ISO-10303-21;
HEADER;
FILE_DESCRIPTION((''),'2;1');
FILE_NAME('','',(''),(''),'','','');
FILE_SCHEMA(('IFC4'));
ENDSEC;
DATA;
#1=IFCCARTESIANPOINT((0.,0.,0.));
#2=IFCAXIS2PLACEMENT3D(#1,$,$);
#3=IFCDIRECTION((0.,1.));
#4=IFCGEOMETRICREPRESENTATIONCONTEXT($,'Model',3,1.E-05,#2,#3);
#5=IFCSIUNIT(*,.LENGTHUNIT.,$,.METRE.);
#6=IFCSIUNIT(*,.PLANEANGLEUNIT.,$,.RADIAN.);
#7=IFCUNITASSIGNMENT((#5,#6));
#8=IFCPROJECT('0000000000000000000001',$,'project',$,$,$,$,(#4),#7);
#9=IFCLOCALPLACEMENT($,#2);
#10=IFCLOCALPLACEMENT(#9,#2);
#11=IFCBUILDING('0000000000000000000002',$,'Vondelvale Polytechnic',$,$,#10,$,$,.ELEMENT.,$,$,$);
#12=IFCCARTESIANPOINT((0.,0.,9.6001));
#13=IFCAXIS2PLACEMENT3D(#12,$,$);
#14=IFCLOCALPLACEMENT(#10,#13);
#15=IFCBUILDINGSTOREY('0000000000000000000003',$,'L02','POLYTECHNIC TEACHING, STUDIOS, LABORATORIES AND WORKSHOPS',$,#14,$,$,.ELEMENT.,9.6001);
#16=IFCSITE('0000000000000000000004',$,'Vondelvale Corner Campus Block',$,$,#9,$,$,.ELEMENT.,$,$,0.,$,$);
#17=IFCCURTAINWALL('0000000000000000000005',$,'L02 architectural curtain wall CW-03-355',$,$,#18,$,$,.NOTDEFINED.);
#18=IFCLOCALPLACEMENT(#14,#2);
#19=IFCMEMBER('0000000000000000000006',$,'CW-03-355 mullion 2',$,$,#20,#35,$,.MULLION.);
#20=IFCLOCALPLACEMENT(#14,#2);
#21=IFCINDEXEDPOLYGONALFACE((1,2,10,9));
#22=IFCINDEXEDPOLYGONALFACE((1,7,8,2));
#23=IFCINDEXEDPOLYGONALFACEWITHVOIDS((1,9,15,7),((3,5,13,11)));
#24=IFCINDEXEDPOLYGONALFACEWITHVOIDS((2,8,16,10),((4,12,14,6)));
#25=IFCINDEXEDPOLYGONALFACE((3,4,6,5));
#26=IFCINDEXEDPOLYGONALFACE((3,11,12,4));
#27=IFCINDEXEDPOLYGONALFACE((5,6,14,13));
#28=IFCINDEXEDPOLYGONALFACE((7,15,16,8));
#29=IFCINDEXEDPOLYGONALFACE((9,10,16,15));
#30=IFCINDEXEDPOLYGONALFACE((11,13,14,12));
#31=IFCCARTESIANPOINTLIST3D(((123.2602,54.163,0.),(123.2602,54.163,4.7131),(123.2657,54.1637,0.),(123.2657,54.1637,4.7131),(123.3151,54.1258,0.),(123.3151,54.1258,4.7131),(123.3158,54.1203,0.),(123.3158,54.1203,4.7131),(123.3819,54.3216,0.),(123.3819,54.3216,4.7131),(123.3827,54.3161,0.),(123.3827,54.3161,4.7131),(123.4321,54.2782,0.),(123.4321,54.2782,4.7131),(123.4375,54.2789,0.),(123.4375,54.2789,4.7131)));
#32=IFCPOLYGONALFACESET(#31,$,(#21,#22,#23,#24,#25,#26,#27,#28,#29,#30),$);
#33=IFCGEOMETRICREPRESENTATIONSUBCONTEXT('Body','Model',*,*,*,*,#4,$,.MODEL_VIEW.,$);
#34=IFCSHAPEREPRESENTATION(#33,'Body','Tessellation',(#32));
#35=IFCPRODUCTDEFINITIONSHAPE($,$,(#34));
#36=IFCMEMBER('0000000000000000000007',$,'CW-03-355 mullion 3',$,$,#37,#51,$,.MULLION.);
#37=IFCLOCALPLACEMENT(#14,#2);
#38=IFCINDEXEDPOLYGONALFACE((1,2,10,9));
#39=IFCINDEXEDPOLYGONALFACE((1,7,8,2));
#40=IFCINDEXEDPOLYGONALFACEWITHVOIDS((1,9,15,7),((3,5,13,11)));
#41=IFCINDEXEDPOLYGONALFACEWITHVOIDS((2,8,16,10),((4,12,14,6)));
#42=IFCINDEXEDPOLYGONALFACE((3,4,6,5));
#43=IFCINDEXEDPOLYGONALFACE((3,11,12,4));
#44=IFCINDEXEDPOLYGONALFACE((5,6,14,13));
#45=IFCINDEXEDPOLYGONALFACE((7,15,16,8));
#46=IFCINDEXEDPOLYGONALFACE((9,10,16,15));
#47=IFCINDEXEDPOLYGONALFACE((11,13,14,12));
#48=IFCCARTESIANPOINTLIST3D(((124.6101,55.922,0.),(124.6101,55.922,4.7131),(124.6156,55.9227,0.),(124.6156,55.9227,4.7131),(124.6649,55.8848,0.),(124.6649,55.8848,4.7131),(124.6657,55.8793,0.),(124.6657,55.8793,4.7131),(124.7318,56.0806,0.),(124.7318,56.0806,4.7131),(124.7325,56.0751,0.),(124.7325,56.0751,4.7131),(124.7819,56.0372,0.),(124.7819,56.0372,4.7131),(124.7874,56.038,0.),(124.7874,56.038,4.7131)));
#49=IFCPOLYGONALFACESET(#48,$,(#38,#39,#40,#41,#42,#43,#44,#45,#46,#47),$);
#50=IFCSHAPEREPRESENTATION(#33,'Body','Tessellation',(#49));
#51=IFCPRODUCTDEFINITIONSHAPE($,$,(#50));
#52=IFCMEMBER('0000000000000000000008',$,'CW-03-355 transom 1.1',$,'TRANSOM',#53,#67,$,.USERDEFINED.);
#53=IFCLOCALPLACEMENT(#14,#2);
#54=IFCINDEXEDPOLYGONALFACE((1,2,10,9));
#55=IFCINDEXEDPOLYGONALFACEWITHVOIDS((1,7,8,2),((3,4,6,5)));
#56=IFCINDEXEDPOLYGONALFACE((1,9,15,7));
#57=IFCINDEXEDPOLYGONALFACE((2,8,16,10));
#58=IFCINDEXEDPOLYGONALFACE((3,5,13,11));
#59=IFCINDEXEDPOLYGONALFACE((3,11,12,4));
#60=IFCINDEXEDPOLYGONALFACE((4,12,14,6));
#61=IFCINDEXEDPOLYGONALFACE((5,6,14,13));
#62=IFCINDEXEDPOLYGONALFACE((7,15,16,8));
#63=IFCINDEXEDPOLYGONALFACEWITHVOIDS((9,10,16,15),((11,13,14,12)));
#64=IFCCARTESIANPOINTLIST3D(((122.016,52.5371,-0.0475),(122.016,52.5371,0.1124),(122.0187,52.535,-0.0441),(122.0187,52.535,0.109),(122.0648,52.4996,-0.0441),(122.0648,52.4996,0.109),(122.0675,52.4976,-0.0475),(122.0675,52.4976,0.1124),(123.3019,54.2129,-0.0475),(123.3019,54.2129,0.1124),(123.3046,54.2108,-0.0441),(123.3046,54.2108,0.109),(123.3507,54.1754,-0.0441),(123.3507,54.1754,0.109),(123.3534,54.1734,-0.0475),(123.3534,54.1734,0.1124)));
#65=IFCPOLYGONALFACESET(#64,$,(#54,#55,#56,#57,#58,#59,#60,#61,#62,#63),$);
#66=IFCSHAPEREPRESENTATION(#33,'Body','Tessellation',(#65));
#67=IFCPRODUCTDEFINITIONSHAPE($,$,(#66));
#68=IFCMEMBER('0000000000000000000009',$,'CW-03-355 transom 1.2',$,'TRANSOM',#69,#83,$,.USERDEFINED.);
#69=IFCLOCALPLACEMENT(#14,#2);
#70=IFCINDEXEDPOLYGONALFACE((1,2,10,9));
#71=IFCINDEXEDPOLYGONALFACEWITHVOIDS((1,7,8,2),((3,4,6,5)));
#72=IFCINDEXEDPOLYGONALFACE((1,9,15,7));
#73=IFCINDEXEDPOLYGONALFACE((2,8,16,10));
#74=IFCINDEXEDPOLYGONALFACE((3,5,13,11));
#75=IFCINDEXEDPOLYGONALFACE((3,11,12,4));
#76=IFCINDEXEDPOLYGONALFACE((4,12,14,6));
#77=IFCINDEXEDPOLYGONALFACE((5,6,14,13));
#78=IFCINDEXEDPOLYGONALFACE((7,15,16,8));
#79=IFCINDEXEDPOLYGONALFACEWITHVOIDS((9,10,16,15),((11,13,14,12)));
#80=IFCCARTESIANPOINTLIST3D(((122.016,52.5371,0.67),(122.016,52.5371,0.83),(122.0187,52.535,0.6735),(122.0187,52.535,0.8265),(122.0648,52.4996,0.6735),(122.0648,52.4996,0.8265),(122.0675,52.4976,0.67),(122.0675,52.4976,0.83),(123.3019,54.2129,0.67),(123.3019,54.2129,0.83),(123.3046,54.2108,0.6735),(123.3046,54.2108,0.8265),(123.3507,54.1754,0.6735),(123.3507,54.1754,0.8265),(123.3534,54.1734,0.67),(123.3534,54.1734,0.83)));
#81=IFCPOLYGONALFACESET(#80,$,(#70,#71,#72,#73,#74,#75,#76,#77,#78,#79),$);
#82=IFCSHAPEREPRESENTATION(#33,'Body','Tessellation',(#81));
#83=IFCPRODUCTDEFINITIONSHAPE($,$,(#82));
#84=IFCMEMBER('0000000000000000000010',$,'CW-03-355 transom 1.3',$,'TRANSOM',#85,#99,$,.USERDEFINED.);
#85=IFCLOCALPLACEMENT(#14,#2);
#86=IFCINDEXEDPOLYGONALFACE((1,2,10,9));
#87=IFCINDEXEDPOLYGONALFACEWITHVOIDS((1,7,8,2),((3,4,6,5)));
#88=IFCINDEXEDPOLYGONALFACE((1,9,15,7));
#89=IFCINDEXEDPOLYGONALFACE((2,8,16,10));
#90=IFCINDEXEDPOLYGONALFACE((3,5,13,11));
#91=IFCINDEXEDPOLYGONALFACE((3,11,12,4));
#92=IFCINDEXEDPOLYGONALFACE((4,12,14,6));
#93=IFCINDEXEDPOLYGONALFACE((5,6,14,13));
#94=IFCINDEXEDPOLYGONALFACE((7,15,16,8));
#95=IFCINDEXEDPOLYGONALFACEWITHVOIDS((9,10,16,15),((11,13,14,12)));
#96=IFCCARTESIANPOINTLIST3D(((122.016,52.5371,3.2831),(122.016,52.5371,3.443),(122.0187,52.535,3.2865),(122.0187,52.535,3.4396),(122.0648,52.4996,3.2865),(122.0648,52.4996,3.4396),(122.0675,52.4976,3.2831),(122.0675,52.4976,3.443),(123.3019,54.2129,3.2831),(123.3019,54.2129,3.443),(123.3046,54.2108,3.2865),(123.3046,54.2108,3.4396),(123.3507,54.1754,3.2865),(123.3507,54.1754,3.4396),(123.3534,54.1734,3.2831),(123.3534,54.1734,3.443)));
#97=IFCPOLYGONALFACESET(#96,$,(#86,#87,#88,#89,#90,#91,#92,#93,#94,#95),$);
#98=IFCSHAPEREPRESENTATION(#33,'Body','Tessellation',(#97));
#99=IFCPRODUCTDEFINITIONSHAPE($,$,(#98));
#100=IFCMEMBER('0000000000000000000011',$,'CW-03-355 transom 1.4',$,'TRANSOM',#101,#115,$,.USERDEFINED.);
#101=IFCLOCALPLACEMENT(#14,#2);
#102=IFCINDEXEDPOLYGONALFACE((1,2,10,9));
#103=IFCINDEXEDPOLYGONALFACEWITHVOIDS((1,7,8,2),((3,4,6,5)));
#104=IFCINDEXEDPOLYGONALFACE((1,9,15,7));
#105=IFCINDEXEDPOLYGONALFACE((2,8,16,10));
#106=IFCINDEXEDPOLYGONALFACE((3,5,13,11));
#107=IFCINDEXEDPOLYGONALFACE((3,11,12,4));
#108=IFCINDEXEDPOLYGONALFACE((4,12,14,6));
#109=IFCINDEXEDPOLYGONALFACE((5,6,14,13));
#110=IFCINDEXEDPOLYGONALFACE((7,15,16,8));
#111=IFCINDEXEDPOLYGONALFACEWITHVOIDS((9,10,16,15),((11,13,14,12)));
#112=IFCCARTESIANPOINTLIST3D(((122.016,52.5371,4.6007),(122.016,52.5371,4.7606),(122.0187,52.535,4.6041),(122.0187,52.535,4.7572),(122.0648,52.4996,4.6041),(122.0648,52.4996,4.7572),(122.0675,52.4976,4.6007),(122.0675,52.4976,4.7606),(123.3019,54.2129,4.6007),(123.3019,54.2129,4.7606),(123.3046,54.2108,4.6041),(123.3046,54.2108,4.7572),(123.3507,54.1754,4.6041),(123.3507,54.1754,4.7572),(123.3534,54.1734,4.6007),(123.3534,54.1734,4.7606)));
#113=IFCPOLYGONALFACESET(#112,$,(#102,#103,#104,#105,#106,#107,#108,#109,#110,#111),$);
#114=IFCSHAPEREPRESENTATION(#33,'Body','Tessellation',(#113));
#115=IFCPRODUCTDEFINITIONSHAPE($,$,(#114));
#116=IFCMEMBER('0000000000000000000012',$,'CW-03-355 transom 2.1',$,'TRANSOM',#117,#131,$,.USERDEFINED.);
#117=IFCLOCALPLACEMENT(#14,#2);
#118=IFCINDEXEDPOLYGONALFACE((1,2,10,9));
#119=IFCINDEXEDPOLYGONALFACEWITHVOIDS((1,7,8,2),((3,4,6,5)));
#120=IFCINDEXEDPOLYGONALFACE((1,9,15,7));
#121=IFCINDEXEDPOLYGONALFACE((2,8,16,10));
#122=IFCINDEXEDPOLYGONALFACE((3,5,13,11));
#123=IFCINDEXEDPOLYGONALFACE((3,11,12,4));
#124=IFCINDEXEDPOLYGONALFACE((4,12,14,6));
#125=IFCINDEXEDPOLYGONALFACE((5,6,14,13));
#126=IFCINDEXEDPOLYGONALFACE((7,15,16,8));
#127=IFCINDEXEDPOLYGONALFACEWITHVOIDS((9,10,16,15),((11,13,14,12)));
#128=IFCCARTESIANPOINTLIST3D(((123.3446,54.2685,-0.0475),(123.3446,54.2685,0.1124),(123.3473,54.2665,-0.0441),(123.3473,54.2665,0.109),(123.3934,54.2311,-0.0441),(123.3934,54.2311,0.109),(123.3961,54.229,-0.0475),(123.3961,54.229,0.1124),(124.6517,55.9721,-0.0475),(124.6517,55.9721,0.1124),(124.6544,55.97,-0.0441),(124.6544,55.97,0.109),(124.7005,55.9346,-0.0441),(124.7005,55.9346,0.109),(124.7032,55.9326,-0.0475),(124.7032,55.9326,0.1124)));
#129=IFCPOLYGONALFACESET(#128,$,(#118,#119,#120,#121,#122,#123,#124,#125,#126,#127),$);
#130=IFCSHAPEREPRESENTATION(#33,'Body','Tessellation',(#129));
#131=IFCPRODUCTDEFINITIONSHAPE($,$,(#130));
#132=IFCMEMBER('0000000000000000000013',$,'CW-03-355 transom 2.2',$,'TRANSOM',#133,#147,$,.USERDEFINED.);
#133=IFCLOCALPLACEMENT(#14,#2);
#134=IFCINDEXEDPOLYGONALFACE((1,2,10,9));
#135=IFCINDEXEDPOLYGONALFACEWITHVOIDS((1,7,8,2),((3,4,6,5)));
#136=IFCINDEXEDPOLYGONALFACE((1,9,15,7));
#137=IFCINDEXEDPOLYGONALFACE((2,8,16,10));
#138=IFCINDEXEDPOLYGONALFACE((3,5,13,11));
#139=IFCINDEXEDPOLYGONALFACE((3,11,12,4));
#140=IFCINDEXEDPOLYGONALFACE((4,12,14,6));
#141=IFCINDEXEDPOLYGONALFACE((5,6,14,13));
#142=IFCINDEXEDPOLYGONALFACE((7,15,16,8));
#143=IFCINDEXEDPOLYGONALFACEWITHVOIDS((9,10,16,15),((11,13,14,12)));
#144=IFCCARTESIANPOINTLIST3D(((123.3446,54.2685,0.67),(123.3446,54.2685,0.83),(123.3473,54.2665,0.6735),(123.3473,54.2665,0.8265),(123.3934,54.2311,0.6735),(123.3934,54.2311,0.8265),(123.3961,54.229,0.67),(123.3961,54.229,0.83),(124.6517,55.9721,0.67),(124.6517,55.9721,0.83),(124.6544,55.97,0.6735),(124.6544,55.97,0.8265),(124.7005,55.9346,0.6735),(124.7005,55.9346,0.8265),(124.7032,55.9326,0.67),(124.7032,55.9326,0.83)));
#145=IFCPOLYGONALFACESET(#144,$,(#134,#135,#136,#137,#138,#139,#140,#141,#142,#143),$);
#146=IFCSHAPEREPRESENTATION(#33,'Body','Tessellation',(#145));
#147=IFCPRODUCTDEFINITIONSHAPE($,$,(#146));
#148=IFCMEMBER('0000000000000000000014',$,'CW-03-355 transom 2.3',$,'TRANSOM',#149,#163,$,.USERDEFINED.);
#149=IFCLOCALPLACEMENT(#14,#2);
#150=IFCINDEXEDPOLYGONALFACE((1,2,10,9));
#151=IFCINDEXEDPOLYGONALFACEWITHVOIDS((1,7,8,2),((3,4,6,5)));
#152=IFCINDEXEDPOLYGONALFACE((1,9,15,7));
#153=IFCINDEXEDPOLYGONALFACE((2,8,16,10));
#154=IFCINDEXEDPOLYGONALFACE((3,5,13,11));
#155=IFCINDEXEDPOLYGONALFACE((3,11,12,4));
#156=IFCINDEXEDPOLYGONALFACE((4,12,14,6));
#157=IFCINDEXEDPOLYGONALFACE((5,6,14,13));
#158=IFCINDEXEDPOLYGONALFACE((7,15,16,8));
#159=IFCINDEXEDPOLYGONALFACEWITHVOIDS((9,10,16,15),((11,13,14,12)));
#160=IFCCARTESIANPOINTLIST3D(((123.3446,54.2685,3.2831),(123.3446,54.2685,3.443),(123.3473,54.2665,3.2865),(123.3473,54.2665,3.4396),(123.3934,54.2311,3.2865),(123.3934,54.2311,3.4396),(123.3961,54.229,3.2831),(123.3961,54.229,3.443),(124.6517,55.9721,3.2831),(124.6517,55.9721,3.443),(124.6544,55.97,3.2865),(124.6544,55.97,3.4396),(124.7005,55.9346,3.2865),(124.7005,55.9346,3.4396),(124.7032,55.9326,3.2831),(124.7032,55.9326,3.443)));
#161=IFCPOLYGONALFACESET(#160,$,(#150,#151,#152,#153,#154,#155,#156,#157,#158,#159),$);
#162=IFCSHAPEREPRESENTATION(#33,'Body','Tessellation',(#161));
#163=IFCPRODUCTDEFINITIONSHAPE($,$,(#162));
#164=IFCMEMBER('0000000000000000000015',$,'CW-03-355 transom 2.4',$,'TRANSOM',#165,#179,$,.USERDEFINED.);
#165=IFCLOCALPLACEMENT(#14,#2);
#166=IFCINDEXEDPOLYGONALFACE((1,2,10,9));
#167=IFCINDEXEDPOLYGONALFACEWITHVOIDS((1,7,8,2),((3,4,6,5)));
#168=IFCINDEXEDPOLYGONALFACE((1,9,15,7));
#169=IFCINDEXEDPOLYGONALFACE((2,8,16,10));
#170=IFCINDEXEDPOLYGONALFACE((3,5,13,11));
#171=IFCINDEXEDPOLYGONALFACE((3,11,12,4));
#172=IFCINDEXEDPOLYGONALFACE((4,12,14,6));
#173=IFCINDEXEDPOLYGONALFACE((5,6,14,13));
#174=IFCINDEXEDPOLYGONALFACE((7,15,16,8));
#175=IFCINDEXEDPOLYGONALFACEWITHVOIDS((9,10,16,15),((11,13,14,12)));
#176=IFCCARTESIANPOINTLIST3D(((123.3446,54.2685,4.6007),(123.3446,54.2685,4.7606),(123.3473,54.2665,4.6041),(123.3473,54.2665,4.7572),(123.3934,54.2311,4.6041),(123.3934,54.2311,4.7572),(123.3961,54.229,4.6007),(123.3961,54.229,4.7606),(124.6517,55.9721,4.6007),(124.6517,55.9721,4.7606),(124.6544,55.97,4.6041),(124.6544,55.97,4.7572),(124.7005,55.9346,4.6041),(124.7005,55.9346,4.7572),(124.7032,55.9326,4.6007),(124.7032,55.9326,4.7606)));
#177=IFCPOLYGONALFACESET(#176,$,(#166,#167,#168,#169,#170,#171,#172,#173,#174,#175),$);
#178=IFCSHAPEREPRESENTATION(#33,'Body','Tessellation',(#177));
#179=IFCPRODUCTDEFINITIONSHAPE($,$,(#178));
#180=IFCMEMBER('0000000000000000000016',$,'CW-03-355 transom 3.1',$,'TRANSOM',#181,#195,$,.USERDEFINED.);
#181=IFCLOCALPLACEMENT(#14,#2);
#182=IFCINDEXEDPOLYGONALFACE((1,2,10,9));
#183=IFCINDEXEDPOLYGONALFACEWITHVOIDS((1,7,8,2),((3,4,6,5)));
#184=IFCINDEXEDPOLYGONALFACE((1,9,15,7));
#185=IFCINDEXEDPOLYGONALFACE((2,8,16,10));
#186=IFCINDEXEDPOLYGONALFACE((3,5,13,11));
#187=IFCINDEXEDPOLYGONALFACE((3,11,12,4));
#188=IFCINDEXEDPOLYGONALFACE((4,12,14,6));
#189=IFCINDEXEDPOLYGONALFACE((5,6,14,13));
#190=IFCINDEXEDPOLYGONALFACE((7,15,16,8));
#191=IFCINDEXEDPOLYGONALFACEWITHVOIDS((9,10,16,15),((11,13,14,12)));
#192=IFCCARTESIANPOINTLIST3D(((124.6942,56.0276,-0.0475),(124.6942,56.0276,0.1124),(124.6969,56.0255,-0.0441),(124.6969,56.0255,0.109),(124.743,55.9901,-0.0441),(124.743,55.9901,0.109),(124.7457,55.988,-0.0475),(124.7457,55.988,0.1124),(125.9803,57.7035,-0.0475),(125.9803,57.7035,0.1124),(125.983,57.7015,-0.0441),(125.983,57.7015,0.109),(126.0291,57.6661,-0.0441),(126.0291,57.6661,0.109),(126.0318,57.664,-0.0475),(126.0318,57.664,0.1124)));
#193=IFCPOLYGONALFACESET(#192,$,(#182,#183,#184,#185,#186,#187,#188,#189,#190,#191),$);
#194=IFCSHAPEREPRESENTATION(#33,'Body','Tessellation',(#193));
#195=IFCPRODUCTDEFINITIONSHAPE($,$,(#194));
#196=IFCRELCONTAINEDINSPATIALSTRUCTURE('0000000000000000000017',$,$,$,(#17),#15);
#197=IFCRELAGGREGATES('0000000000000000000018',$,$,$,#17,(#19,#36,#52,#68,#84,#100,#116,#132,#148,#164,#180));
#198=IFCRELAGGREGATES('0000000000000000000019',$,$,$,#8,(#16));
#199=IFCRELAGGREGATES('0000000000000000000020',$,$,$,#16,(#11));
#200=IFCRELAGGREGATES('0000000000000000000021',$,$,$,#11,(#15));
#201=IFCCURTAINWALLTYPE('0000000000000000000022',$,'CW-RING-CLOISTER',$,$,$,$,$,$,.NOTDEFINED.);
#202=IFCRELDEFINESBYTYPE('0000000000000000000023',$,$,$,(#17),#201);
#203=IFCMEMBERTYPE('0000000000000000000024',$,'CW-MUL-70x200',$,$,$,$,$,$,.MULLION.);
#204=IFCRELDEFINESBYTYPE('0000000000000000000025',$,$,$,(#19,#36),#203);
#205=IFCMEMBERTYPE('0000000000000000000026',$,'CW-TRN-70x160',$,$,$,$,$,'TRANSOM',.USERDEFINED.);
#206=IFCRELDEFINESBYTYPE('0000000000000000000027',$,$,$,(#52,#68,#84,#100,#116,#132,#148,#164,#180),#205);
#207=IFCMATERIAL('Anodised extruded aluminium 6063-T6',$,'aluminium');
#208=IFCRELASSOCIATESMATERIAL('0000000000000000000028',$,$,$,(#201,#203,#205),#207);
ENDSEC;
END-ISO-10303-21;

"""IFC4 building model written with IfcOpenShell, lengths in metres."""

from ifc_helpers import new_model, si_unit, direction, frame, origin, origin_2d, place, context, subcontext, project, spatial, hollow_rectangle, extrude, material, material_profile, profile_set, type_object, element, aggregate, save


model = new_model("IFC4")

# Units and contexts
model_context = context("Model", 3, precision=1e-05, world=origin(), true_north=direction((0.0, 1.0)))
body_context = subcontext(model_context, "Body", "Model", "MODEL_VIEW")
ifc_project = project(units=[si_unit("LENGTHUNIT", "METRE"), si_unit("PLANEANGLEUNIT", "RADIAN")], contexts=[model_context])

# Site, building, storey
site_placement = place(None, origin())
site = spatial("IfcSite", under=ifc_project, at=site_placement, Name="Vondelvale Corner Campus Block", CompositionType="ELEMENT", RefElevation=0.0)
building_placement = place(site_placement, origin())
building = spatial("IfcBuilding", under=site, at=building_placement, Name="Vondelvale Polytechnic", CompositionType="ELEMENT")
storey_placement = place(building_placement, frame((0.0, 0.0, 9.6001)))
storey = spatial("IfcBuildingStorey", under=building, at=storey_placement, Name="L02", Description="POLYTECHNIC TEACHING, STUDIOS, LABORATORIES AND WORKSHOPS", CompositionType="ELEMENT", Elevation=9.6001)

# Curtain wall, members
ifc_material_1 = material(Name="Anodised extruded aluminium 6063-T6", Category="aluminium")
curtain_wall_type = type_object("IfcCurtainWallType", Name="CW-RING-CLOISTER", PredefinedType="NOTDEFINED", material=ifc_material_1)
curtain_wall_placement = place(storey_placement, origin())
curtain_wall = element("IfcCurtainWall", 1, at=curtain_wall_placement, inside=storey, type_object=curtain_wall_type, Name="L02 architectural curtain wall CW-03-355", PredefinedType="NOTDEFINED")
ifc_material_profile_1 = material_profile(ifc_material_1, hollow_rectangle(XDim=0.0701, YDim=0.2, WallThickness=0.0039, at=origin_2d()), Name="CW-MUL-200x70")
ifc_profile_set_1 = profile_set([ifc_material_profile_1], Name="Anodised extruded aluminium 6063-T6")
member_type_1 = type_object("IfcMemberType", Name="CW-MUL-70x200", PredefinedType="MULLION", material=ifc_profile_set_1)
member_1_placement = place(storey_placement, frame((123.3489, 54.2209, 0.0), z_axis=(0.0, 0.0, 1.0), x_axis=(-0.793364, 0.608748, 0.0)))
member_1 = element("IfcMember", 2, at=member_1_placement, type_object=member_type_1, Name="CW-03-355 mullion 2", PredefinedType="MULLION", context=body_context, shape_type="SweptSolid", body=[
    extrude(hollow_rectangle(XDim=0.0701, YDim=0.2, WallThickness=0.0039, at=origin_2d()), origin(), (0.0, 0.0, 1.0), 4.7131),
])
member_2_placement = place(storey_placement, frame((124.6987, 55.98, 0.0), z_axis=(0.0, 0.0, 1.0), x_axis=(-0.793364, 0.608748, 0.0)))
member_2 = element("IfcMember", 3, at=member_2_placement, type_object=member_type_1, Name="CW-03-355 mullion 3", PredefinedType="MULLION", context=body_context, shape_type="SweptSolid", body=[
    extrude(hollow_rectangle(XDim=0.0701, YDim=0.2, WallThickness=0.0039, at=origin_2d()), origin(), (0.0, 0.0, 1.0), 4.7131),
])
ifc_material_profile_2 = material_profile(ifc_material_1, hollow_rectangle(XDim=0.0649, YDim=0.1599, WallThickness=0.0034, at=origin_2d()), Name="CW-TRN-160x65")
ifc_profile_set_2 = profile_set([ifc_material_profile_2], Name="Anodised extruded aluminium 6063-T6")
member_type_2 = type_object("IfcMemberType", Name="CW-TRN-70x160", ElementType="TRANSOM", PredefinedType="USERDEFINED", material=ifc_profile_set_2)
member_3_placement = place(storey_placement, frame((122.0417, 52.5173, 0.0325), z_axis=(0.608766, 0.79335, 0.0), x_axis=(-0.79335, 0.608766, 0.0)))
member_3 = element("IfcMember", 4, at=member_3_placement, type_object=member_type_2, Name="CW-03-355 transom 1.1", ObjectType="TRANSOM", PredefinedType="USERDEFINED", context=body_context, shape_type="SweptSolid", body=[
    extrude(hollow_rectangle(XDim=0.0649, YDim=0.1599, WallThickness=0.0034, at=origin_2d()), origin(), (0.0, 0.0, 1.0), 2.1123),
])
member_4_placement = place(storey_placement, frame((122.0417, 52.5173, 0.75), z_axis=(0.608766, 0.79335, 0.0), x_axis=(-0.79335, 0.608766, 0.0)))
member_4 = element("IfcMember", 5, at=member_4_placement, type_object=member_type_2, Name="CW-03-355 transom 1.2", ObjectType="TRANSOM", PredefinedType="USERDEFINED", context=body_context, shape_type="SweptSolid", body=[
    extrude(hollow_rectangle(XDim=0.0649, YDim=0.1599, WallThickness=0.0034, at=origin_2d()), origin(), (0.0, 0.0, 1.0), 2.1123),
])
member_5_placement = place(storey_placement, frame((122.0417, 52.5173, 3.363), z_axis=(0.608766, 0.79335, 0.0), x_axis=(-0.79335, 0.608766, 0.0)))
member_5 = element("IfcMember", 6, at=member_5_placement, type_object=member_type_2, Name="CW-03-355 transom 1.3", ObjectType="TRANSOM", PredefinedType="USERDEFINED", context=body_context, shape_type="SweptSolid", body=[
    extrude(hollow_rectangle(XDim=0.0649, YDim=0.1599, WallThickness=0.0034, at=origin_2d()), origin(), (0.0, 0.0, 1.0), 2.1123),
])
member_6_placement = place(storey_placement, frame((122.0417, 52.5173, 4.6807), z_axis=(0.608766, 0.79335, 0.0), x_axis=(-0.79335, 0.608766, 0.0)))
member_6 = element("IfcMember", 7, at=member_6_placement, type_object=member_type_2, Name="CW-03-355 transom 1.4", ObjectType="TRANSOM", PredefinedType="USERDEFINED", context=body_context, shape_type="SweptSolid", body=[
    extrude(hollow_rectangle(XDim=0.0649, YDim=0.1599, WallThickness=0.0034, at=origin_2d()), origin(), (0.0, 0.0, 1.0), 2.1123),
])
member_7_placement = place(storey_placement, frame((123.3704, 54.2488, 0.0325), z_axis=(0.608732, 0.793376, 0.0), x_axis=(-0.793376, 0.608732, 0.0)))
member_7 = element("IfcMember", 8, at=member_7_placement, type_object=member_type_2, Name="CW-03-355 transom 2.1", ObjectType="TRANSOM", PredefinedType="USERDEFINED", context=body_context, shape_type="SweptSolid", body=[
    extrude(hollow_rectangle(XDim=0.0649, YDim=0.1599, WallThickness=0.0034, at=origin_2d()), origin(), (0.0, 0.0, 1.0), 2.1472),
])
member_8_placement = place(storey_placement, frame((123.3704, 54.2488, 0.75), z_axis=(0.608732, 0.793376, 0.0), x_axis=(-0.793376, 0.608732, 0.0)))
member_8 = element("IfcMember", 9, at=member_8_placement, type_object=member_type_2, Name="CW-03-355 transom 2.2", ObjectType="TRANSOM", PredefinedType="USERDEFINED", context=body_context, shape_type="SweptSolid", body=[
    extrude(hollow_rectangle(XDim=0.0649, YDim=0.1599, WallThickness=0.0034, at=origin_2d()), origin(), (0.0, 0.0, 1.0), 2.1472),
])
member_9_placement = place(storey_placement, frame((123.3704, 54.2488, 3.363), z_axis=(0.608732, 0.793376, 0.0), x_axis=(-0.793376, 0.608732, 0.0)))
member_9 = element("IfcMember", 10, at=member_9_placement, type_object=member_type_2, Name="CW-03-355 transom 2.3", ObjectType="TRANSOM", PredefinedType="USERDEFINED", context=body_context, shape_type="SweptSolid", body=[
    extrude(hollow_rectangle(XDim=0.0649, YDim=0.1599, WallThickness=0.0034, at=origin_2d()), origin(), (0.0, 0.0, 1.0), 2.1472),
])
member_10_placement = place(storey_placement, frame((123.3704, 54.2488, 4.6807), z_axis=(0.608732, 0.793376, 0.0), x_axis=(-0.793376, 0.608732, 0.0)))
member_10 = element("IfcMember", 11, at=member_10_placement, type_object=member_type_2, Name="CW-03-355 transom 2.4", ObjectType="TRANSOM", PredefinedType="USERDEFINED", context=body_context, shape_type="SweptSolid", body=[
    extrude(hollow_rectangle(XDim=0.0649, YDim=0.1599, WallThickness=0.0034, at=origin_2d()), origin(), (0.0, 0.0, 1.0), 2.1472),
])
member_11_placement = place(storey_placement, frame((124.72, 56.0078, 0.0325), z_axis=(0.608783, 0.793337, 0.0), x_axis=(-0.793337, 0.608783, 0.0)))
member_11 = element("IfcMember", 12, at=member_11_placement, type_object=member_type_2, Name="CW-03-355 transom 3.1", ObjectType="TRANSOM", PredefinedType="USERDEFINED", context=body_context, shape_type="SweptSolid", body=[
    extrude(hollow_rectangle(XDim=0.0649, YDim=0.1599, WallThickness=0.0034, at=origin_2d()), origin(), (0.0, 0.0, 1.0), 2.1125),
])
aggregate(curtain_wall, [member_1, member_2, member_3, member_4, member_5, member_6, member_7, member_8, member_9, member_10, member_11])

save(model, "model.ifc")
